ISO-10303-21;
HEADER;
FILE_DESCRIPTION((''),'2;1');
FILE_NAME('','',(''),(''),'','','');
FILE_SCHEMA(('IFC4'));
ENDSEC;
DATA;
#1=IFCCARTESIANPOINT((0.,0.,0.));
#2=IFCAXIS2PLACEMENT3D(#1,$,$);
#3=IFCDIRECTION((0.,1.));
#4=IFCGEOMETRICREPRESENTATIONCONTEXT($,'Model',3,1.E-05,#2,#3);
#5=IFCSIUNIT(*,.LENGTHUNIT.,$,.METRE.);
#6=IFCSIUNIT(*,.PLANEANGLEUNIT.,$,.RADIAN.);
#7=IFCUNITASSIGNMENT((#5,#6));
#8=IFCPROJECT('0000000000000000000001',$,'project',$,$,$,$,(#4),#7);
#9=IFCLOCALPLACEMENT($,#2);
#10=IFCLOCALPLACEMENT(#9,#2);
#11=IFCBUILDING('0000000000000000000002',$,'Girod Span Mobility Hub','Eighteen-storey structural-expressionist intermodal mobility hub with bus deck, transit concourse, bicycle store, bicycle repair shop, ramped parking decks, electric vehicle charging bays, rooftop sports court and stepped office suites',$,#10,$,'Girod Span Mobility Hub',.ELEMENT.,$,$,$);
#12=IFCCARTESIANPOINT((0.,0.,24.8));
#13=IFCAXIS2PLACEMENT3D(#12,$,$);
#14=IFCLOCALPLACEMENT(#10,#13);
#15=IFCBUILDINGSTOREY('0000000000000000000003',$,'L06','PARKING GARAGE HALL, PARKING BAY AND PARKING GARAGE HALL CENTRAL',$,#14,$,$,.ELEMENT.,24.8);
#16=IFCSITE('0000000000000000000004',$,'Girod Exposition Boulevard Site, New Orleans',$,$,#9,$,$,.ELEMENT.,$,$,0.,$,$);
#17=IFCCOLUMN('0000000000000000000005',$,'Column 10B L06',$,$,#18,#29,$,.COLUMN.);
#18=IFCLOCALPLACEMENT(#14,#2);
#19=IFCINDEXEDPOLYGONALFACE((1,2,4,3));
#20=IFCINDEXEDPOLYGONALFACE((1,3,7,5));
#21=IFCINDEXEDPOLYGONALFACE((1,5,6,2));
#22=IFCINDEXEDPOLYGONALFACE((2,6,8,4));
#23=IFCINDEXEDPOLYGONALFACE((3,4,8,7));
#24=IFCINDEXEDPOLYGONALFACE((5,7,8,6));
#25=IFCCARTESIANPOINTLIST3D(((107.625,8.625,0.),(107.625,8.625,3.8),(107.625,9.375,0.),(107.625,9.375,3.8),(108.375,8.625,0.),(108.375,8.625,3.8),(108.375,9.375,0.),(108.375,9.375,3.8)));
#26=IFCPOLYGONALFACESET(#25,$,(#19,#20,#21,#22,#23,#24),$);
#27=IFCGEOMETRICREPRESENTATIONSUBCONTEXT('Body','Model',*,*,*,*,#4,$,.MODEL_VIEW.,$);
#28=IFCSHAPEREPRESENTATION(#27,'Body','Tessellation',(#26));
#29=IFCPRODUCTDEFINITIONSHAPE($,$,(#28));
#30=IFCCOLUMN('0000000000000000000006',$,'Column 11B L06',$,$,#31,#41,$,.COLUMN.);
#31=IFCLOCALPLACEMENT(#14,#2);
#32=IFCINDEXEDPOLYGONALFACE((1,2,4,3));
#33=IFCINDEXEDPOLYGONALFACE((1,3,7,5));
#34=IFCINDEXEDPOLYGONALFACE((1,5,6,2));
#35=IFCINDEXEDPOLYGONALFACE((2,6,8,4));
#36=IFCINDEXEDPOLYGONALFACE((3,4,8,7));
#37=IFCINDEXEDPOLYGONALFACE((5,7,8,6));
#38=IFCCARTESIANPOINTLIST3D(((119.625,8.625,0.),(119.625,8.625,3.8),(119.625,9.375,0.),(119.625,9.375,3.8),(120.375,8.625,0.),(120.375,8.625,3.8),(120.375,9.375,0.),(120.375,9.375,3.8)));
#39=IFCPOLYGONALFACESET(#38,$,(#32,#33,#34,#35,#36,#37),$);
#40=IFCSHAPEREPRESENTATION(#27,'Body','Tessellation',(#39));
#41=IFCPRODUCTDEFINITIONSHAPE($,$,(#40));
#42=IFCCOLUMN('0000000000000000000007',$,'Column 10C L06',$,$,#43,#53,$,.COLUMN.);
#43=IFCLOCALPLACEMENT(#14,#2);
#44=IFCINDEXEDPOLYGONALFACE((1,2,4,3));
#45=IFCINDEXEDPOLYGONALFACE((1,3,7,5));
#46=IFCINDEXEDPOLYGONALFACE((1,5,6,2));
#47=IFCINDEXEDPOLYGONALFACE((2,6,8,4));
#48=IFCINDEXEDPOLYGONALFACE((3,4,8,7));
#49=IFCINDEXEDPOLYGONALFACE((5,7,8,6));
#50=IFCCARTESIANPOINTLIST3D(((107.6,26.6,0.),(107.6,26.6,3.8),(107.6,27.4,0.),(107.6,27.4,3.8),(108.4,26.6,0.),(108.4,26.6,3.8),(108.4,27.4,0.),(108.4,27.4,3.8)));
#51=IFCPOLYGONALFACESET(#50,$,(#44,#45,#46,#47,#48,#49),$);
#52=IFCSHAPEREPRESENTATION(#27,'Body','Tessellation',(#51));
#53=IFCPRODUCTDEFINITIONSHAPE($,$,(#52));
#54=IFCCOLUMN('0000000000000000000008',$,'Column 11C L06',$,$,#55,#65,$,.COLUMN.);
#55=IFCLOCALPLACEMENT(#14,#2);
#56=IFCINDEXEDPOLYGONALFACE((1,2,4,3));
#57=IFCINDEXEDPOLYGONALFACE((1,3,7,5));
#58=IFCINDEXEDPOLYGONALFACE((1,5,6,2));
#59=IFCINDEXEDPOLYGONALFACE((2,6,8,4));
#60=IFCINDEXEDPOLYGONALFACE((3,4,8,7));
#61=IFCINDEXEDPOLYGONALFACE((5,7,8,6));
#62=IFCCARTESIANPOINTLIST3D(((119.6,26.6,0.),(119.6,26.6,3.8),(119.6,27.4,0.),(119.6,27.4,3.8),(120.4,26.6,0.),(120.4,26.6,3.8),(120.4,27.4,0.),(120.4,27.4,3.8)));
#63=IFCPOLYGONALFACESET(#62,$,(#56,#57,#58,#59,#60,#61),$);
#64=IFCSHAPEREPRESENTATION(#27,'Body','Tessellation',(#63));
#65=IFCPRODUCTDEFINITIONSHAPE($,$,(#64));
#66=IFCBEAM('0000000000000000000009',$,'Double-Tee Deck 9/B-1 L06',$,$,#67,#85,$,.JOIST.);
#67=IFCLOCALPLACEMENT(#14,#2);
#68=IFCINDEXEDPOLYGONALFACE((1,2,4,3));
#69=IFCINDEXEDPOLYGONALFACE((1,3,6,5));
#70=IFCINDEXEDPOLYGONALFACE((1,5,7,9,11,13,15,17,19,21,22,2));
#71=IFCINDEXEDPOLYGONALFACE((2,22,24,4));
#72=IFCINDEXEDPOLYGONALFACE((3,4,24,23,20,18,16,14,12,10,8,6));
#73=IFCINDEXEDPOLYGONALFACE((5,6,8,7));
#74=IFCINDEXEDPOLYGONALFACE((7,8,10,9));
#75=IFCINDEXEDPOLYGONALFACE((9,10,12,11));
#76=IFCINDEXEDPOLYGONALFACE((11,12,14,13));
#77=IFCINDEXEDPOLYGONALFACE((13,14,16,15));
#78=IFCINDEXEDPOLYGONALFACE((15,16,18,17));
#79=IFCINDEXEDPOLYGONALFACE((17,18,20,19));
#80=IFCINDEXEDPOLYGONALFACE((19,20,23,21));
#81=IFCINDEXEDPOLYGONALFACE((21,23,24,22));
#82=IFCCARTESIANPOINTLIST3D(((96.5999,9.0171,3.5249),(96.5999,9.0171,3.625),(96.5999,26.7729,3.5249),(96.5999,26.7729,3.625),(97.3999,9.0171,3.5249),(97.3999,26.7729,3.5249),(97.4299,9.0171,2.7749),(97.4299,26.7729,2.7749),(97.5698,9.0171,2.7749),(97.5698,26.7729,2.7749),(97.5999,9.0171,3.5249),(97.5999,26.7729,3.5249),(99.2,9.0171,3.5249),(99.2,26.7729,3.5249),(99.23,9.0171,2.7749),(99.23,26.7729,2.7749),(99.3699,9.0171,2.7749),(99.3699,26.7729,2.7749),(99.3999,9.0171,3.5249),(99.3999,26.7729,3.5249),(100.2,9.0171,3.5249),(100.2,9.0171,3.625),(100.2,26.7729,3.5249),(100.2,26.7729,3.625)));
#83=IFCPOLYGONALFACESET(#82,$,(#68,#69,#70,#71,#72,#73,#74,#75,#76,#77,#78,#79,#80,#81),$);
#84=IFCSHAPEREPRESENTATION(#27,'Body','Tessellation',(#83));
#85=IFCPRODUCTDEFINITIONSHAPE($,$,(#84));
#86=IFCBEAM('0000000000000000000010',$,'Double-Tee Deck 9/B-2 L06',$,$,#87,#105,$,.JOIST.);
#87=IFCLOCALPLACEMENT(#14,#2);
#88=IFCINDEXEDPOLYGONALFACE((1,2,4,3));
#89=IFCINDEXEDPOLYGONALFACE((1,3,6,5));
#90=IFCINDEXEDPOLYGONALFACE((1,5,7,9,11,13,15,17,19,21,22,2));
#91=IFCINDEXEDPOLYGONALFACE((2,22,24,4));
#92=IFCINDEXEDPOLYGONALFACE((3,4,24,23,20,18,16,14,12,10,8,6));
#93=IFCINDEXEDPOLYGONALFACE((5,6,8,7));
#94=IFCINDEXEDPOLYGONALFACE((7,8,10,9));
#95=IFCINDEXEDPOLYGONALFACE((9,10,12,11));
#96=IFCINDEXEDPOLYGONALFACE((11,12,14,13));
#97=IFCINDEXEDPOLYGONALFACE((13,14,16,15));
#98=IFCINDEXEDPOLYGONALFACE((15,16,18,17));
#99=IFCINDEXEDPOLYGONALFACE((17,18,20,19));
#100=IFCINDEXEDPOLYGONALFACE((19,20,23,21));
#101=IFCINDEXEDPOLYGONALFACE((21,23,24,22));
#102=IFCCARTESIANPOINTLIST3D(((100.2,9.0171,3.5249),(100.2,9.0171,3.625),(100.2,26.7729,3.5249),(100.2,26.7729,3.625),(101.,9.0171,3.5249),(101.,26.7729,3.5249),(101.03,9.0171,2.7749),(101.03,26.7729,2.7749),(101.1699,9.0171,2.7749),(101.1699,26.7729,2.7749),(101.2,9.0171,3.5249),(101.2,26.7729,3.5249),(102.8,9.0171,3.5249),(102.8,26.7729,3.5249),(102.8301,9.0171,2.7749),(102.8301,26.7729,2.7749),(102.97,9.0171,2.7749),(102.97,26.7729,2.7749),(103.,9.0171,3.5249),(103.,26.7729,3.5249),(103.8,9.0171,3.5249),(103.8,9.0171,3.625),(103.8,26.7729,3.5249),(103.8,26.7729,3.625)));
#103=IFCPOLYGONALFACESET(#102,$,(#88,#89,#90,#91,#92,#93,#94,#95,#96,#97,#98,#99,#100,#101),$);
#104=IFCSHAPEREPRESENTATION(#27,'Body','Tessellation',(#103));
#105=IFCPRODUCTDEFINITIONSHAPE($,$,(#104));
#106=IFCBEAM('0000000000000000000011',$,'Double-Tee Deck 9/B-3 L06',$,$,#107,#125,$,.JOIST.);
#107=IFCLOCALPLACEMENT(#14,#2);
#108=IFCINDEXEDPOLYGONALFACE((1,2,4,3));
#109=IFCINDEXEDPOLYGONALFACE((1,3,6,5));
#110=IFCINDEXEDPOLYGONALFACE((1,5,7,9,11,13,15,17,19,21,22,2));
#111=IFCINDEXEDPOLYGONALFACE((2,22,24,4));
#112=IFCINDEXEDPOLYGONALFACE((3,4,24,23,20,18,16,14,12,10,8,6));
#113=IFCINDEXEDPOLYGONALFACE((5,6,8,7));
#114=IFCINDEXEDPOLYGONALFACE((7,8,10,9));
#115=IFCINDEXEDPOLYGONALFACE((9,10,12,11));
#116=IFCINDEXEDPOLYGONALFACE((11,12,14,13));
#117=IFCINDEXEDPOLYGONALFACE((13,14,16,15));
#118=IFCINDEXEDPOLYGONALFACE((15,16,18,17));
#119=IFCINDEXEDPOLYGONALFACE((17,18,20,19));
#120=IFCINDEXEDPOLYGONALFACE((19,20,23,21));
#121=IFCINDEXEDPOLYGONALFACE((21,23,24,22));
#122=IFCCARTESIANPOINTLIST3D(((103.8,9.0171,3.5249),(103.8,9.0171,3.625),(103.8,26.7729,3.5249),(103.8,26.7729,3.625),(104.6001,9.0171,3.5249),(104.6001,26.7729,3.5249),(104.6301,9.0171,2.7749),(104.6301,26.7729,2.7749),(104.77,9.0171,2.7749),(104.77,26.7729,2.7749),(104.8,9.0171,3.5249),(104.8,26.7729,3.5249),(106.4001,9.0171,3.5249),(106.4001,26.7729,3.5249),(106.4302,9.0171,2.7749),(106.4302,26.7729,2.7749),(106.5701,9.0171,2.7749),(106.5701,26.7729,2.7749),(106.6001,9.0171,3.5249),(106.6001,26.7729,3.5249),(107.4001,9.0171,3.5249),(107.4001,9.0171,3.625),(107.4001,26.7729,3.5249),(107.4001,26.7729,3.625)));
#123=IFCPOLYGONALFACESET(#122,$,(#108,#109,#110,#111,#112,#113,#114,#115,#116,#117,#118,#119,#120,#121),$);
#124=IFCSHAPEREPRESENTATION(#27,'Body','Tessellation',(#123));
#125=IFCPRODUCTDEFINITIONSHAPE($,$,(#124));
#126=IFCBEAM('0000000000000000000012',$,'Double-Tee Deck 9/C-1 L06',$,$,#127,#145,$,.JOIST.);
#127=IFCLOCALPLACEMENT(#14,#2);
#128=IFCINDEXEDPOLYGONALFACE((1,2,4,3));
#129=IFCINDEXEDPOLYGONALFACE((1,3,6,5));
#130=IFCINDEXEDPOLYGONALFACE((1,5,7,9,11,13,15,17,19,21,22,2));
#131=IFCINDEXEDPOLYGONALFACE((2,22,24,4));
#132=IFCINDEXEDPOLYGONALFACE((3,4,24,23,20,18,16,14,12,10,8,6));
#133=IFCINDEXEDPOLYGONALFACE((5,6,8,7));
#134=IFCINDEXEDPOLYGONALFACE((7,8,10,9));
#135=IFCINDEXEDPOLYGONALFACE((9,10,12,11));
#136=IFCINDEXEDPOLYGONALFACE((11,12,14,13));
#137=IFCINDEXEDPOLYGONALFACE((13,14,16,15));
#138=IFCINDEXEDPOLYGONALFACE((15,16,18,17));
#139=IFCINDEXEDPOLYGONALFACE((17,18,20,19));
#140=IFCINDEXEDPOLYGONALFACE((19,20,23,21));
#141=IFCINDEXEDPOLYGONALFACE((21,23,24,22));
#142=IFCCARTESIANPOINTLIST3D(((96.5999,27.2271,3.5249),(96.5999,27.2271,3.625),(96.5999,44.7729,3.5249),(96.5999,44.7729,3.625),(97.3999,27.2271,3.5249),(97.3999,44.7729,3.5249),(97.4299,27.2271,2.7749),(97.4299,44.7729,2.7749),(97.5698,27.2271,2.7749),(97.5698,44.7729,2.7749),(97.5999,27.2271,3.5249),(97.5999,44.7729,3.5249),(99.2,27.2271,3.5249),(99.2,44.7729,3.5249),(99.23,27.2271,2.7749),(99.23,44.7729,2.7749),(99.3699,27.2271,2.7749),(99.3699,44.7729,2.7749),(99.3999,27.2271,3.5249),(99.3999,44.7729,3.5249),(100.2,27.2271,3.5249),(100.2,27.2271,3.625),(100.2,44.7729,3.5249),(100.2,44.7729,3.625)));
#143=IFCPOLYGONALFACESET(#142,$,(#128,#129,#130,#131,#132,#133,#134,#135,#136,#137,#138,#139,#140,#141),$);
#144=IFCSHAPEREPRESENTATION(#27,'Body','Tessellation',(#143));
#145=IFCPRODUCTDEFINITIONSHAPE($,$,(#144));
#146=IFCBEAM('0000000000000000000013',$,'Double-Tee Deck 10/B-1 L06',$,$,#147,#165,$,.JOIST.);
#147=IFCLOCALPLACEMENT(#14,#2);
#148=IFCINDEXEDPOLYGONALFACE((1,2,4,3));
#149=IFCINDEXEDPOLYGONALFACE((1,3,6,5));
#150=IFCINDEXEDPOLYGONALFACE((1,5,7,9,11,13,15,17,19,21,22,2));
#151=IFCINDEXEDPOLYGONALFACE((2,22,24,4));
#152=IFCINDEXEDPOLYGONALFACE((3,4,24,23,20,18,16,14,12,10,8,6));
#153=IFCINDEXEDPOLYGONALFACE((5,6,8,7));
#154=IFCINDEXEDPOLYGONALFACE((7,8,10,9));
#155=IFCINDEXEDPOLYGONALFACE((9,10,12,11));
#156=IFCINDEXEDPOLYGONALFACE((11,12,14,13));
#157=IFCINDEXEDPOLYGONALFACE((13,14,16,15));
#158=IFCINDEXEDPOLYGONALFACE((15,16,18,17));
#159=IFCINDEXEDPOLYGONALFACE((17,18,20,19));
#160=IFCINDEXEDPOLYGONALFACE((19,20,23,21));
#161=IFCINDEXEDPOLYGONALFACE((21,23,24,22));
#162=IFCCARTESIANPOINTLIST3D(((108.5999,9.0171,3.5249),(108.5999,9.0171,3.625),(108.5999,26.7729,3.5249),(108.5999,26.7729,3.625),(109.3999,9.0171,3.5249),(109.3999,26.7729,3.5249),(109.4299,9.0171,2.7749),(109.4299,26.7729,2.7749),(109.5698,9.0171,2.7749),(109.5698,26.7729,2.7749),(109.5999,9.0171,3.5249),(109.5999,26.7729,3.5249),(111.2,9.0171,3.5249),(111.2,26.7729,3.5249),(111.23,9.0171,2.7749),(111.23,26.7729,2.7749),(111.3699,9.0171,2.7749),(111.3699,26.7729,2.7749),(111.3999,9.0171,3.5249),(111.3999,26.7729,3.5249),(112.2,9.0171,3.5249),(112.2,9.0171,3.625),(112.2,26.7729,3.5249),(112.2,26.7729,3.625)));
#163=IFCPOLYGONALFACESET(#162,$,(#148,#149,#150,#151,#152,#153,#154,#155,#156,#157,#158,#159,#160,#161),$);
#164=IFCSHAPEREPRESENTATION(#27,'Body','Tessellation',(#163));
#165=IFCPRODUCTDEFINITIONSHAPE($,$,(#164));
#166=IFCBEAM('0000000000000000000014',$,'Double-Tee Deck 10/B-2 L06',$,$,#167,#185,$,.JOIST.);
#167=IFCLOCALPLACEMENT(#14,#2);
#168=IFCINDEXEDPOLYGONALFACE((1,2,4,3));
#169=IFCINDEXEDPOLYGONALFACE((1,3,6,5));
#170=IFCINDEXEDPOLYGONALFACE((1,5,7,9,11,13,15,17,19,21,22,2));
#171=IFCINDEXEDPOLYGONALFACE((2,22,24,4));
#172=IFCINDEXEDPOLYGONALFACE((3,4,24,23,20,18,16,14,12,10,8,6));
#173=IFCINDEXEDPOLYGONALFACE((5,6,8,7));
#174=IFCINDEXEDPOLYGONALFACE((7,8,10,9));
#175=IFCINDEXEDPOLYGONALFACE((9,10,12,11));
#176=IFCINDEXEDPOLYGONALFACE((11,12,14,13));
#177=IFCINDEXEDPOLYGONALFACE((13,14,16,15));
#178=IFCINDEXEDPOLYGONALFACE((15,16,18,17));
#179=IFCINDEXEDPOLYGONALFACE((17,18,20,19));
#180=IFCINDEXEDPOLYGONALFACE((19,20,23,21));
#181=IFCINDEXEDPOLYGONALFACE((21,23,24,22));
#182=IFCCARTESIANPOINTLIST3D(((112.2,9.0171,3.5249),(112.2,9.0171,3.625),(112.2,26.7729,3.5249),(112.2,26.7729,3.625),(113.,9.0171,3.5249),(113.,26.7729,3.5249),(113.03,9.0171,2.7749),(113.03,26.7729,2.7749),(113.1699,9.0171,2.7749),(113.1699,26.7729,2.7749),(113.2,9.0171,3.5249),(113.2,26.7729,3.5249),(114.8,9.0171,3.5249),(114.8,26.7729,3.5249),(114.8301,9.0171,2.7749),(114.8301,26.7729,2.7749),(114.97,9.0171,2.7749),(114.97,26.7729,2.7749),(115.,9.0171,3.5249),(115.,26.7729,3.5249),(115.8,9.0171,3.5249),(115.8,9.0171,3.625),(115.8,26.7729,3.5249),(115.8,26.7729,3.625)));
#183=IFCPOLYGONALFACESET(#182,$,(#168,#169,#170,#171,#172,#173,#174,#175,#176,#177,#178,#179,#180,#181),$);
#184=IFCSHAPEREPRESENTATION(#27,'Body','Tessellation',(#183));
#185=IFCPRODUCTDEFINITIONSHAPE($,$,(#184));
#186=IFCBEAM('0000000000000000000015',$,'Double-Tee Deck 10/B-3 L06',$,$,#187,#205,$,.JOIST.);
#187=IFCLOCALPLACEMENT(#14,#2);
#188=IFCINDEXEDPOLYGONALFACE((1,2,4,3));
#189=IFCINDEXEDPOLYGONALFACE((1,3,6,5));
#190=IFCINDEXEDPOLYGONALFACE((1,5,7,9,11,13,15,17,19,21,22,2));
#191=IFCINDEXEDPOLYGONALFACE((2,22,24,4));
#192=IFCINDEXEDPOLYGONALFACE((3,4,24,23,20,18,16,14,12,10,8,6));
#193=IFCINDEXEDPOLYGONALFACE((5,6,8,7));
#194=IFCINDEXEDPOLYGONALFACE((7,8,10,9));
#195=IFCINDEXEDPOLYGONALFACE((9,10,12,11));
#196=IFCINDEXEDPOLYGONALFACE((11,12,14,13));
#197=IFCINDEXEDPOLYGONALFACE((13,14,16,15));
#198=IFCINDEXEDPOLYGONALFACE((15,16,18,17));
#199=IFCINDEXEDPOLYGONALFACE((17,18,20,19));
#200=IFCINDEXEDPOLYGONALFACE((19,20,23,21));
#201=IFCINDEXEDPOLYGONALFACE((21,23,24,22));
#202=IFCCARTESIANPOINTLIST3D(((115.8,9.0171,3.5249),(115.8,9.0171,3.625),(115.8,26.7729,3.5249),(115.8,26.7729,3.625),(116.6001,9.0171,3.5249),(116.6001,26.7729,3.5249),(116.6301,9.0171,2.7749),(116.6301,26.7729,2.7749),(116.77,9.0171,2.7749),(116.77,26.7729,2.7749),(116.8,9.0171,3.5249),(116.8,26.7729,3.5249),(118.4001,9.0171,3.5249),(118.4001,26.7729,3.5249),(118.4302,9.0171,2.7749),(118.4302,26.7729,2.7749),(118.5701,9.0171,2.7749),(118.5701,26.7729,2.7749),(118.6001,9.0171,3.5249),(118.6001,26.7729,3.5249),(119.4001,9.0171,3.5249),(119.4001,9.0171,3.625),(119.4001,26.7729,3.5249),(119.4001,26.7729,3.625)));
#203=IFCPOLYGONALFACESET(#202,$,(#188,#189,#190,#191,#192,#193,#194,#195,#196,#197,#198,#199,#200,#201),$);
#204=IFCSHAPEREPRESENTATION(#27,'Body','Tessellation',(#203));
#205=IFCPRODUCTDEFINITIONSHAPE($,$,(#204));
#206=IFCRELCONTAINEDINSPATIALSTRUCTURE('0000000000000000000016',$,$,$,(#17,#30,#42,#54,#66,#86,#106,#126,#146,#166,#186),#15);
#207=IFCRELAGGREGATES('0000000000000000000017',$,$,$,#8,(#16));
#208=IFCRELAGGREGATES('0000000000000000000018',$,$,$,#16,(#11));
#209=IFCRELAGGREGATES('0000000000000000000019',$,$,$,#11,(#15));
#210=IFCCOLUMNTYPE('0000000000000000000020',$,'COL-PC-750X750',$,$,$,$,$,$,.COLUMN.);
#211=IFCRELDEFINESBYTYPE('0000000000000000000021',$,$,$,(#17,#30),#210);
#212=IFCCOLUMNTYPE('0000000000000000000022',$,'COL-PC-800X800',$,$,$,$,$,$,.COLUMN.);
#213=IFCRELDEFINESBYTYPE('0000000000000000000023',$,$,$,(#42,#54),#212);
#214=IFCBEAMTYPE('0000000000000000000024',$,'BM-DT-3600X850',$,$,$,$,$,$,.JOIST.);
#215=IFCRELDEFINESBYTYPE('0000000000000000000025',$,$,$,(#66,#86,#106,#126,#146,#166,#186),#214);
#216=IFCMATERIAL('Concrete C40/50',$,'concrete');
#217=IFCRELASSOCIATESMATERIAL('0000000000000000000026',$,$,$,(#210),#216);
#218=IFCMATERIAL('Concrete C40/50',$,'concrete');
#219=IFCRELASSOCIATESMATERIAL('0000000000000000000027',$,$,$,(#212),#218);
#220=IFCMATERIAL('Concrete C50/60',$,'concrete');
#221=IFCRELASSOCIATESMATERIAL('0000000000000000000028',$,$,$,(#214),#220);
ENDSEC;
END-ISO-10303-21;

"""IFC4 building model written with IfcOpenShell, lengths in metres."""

from ifc_helpers import new_model, si_unit, direction, frame, origin, origin_2d, place, context, subcontext, project, spatial, polyline, rectangle, outline, extrude, material, material_profile, profile_set, type_object, element, save


model = new_model("IFC4")

# Units and contexts
model_context = context("Model", 3, precision=1e-05, world=origin(), true_north=direction((0.0, 1.0)))
body_context = subcontext(model_context, "Body", "Model", "MODEL_VIEW")
ifc_project = project(units=[si_unit("LENGTHUNIT", "METRE"), si_unit("PLANEANGLEUNIT", "RADIAN")], contexts=[model_context])

# Site, building, storey
site_placement = place(None, origin())
site = spatial("IfcSite", under=ifc_project, at=site_placement, Name="Girod Exposition Boulevard Site, New Orleans", CompositionType="ELEMENT", RefElevation=0.0)
building_placement = place(site_placement, origin())
building = spatial("IfcBuilding", under=site, at=building_placement, Name="Girod Span Mobility Hub", Description="Eighteen-storey structural-expressionist intermodal mobility hub with bus deck, transit concourse, bicycle store, bicycle repair shop, ramped parking decks, electric vehicle charging bays, rooftop sports court and stepped office suites", LongName="Girod Span Mobility Hub", CompositionType="ELEMENT")
storey_placement = place(building_placement, frame((0.0, 0.0, 24.8)))
storey = spatial("IfcBuildingStorey", under=building, at=storey_placement, Name="L06", Description="PARKING GARAGE HALL, PARKING BAY AND PARKING GARAGE HALL CENTRAL", CompositionType="ELEMENT", Elevation=24.8)

# Columns
ifc_material_1 = material(Name="Concrete C40/50", Category="concrete")
ifc_material_profile_1 = material_profile(ifc_material_1, rectangle(XDim=0.75, YDim=0.75, at=origin_2d()), Name="PC-COL-750X750")
ifc_profile_set_1 = profile_set([ifc_material_profile_1], Name="Concrete C40/50")
column_type_1 = type_object("IfcColumnType", Name="COL-PC-750X750", PredefinedType="COLUMN", material=ifc_profile_set_1)
for number, where, z_axis, x_axis, name in (
    (1, (108.0, 9.0, 0.0), (0.0, 0.0, 1.0), (1.0, 0.0, 0.0), "Column 10B L06"),
    (2, (120.0, 9.0, 0.0), (0.0, 0.0, 1.0), (1.0, 0.0, 0.0), "Column 11B L06"),
):
    element("IfcColumn", number, at=place(storey_placement, frame(where, z_axis=z_axis, x_axis=x_axis)), inside=storey, type_object=column_type_1, Name=name, PredefinedType="COLUMN", context=body_context, shape_type="SweptSolid", body=[
        extrude(rectangle(XDim=0.75, YDim=0.75, at=origin_2d()), origin(), (0.0, 0.0, 1.0), 3.8),
    ])
ifc_material_2 = material(Name="Concrete C40/50", Category="concrete")
ifc_material_profile_2 = material_profile(ifc_material_2, rectangle(XDim=0.8, YDim=0.8, at=origin_2d()), Name="PC-COL-800X800")
ifc_profile_set_2 = profile_set([ifc_material_profile_2], Name="Concrete C40/50")
column_type_2 = type_object("IfcColumnType", Name="COL-PC-800X800", PredefinedType="COLUMN", material=ifc_profile_set_2)
for number, where, z_axis, x_axis, name in (
    (3, (108.0, 27.0, 0.0), (0.0, 0.0, 1.0), (1.0, 0.0, 0.0), "Column 10C L06"),
    (4, (120.0, 27.0, 0.0), (0.0, 0.0, 1.0), (1.0, 0.0, 0.0), "Column 11C L06"),
):
    element("IfcColumn", number, at=place(storey_placement, frame(where, z_axis=z_axis, x_axis=x_axis)), inside=storey, type_object=column_type_2, Name=name, PredefinedType="COLUMN", context=body_context, shape_type="SweptSolid", body=[
        extrude(rectangle(XDim=0.8, YDim=0.8, at=origin_2d()), origin(), (0.0, 0.0, 1.0), 3.8),
    ])

# Beams
ifc_material_3 = material(Name="Concrete C50/60", Category="concrete")
ifc_material_profile_3 = material_profile(ifc_material_3, outline(polyline([(-1.8, 0.425), (-1.8, 0.325), (-1.0, 0.325), (-0.97, -0.425), (-0.8301, -0.425), (-0.8, 0.325), (0.8, 0.325), (0.8301, -0.425), (0.97, -0.425), (1.0, 0.325), (1.8, 0.325), (1.8, 0.425), (-1.8, 0.425)])), Name="DT-3600X850")
ifc_profile_set_3 = profile_set([ifc_material_profile_3], Name="Concrete C50/60")
beam_type_1 = type_object("IfcBeamType", Name="BM-DT-3600X850", PredefinedType="JOIST", material=ifc_profile_set_3)
for number, where, z_axis, x_axis, name in (
    (5, (98.3999, 9.0171, 3.2), (0.0, 1.0, 0.0), (-1.0, 0.0, 0.0), "Double-Tee Deck 9/B-1 L06"),
    (6, (102.0, 9.0171, 3.2), (0.0, 1.0, 0.0), (-1.0, 0.0, 0.0), "Double-Tee Deck 9/B-2 L06"),
    (7, (105.6001, 9.0171, 3.2), (0.0, 1.0, 0.0), (-1.0, 0.0, 0.0), "Double-Tee Deck 9/B-3 L06"),
):
    element("IfcBeam", number, at=place(storey_placement, frame(where, z_axis=z_axis, x_axis=x_axis)), inside=storey, type_object=beam_type_1, Name=name, PredefinedType="JOIST", context=body_context, shape_type="SweptSolid", body=[
        extrude(outline(polyline([(-1.8, 0.425), (-1.8, 0.325), (-1.0, 0.325), (-0.97, -0.425), (-0.8301, -0.425), (-0.8, 0.325), (0.8, 0.325), (0.8301, -0.425), (0.97, -0.425), (1.0, 0.325), (1.8, 0.325), (1.8, 0.425), (-1.8, 0.425)])), origin(), (0.0, 0.0, 1.0), 17.7559),
    ])
beam_1_placement = place(storey_placement, frame((98.3999, 27.2271, 3.2), z_axis=(0.0, 1.0, 0.0), x_axis=(-1.0, 0.0, 0.0)))
element("IfcBeam", 8, at=beam_1_placement, inside=storey, type_object=beam_type_1, Name="Double-Tee Deck 9/C-1 L06", PredefinedType="JOIST", context=body_context, shape_type="SweptSolid", body=[
    extrude(outline(polyline([(-1.8, 0.425), (-1.8, 0.325), (-1.0, 0.325), (-0.97, -0.425), (-0.8301, -0.425), (-0.8, 0.325), (0.8, 0.325), (0.8301, -0.425), (0.97, -0.425), (1.0, 0.325), (1.8, 0.325), (1.8, 0.425), (-1.8, 0.425)])), origin(), (0.0, 0.0, 1.0), 17.5459),
])
for number, where, z_axis, x_axis, name in (
    (9, (110.3999, 9.0171, 3.2), (0.0, 1.0, 0.0), (-1.0, 0.0, 0.0), "Double-Tee Deck 10/B-1 L06"),
    (10, (114.0, 9.0171, 3.2), (0.0, 1.0, 0.0), (-1.0, 0.0, 0.0), "Double-Tee Deck 10/B-2 L06"),
    (11, (117.6001, 9.0171, 3.2), (0.0, 1.0, 0.0), (-1.0, 0.0, 0.0), "Double-Tee Deck 10/B-3 L06"),
):
    element("IfcBeam", number, at=place(storey_placement, frame(where, z_axis=z_axis, x_axis=x_axis)), inside=storey, type_object=beam_type_1, Name=name, PredefinedType="JOIST", context=body_context, shape_type="SweptSolid", body=[
        extrude(outline(polyline([(-1.8, 0.425), (-1.8, 0.325), (-1.0, 0.325), (-0.97, -0.425), (-0.8301, -0.425), (-0.8, 0.325), (0.8, 0.325), (0.8301, -0.425), (0.97, -0.425), (1.0, 0.325), (1.8, 0.325), (1.8, 0.425), (-1.8, 0.425)])), origin(), (0.0, 0.0, 1.0), 17.7559),
    ])

save(model, "model.ifc")
